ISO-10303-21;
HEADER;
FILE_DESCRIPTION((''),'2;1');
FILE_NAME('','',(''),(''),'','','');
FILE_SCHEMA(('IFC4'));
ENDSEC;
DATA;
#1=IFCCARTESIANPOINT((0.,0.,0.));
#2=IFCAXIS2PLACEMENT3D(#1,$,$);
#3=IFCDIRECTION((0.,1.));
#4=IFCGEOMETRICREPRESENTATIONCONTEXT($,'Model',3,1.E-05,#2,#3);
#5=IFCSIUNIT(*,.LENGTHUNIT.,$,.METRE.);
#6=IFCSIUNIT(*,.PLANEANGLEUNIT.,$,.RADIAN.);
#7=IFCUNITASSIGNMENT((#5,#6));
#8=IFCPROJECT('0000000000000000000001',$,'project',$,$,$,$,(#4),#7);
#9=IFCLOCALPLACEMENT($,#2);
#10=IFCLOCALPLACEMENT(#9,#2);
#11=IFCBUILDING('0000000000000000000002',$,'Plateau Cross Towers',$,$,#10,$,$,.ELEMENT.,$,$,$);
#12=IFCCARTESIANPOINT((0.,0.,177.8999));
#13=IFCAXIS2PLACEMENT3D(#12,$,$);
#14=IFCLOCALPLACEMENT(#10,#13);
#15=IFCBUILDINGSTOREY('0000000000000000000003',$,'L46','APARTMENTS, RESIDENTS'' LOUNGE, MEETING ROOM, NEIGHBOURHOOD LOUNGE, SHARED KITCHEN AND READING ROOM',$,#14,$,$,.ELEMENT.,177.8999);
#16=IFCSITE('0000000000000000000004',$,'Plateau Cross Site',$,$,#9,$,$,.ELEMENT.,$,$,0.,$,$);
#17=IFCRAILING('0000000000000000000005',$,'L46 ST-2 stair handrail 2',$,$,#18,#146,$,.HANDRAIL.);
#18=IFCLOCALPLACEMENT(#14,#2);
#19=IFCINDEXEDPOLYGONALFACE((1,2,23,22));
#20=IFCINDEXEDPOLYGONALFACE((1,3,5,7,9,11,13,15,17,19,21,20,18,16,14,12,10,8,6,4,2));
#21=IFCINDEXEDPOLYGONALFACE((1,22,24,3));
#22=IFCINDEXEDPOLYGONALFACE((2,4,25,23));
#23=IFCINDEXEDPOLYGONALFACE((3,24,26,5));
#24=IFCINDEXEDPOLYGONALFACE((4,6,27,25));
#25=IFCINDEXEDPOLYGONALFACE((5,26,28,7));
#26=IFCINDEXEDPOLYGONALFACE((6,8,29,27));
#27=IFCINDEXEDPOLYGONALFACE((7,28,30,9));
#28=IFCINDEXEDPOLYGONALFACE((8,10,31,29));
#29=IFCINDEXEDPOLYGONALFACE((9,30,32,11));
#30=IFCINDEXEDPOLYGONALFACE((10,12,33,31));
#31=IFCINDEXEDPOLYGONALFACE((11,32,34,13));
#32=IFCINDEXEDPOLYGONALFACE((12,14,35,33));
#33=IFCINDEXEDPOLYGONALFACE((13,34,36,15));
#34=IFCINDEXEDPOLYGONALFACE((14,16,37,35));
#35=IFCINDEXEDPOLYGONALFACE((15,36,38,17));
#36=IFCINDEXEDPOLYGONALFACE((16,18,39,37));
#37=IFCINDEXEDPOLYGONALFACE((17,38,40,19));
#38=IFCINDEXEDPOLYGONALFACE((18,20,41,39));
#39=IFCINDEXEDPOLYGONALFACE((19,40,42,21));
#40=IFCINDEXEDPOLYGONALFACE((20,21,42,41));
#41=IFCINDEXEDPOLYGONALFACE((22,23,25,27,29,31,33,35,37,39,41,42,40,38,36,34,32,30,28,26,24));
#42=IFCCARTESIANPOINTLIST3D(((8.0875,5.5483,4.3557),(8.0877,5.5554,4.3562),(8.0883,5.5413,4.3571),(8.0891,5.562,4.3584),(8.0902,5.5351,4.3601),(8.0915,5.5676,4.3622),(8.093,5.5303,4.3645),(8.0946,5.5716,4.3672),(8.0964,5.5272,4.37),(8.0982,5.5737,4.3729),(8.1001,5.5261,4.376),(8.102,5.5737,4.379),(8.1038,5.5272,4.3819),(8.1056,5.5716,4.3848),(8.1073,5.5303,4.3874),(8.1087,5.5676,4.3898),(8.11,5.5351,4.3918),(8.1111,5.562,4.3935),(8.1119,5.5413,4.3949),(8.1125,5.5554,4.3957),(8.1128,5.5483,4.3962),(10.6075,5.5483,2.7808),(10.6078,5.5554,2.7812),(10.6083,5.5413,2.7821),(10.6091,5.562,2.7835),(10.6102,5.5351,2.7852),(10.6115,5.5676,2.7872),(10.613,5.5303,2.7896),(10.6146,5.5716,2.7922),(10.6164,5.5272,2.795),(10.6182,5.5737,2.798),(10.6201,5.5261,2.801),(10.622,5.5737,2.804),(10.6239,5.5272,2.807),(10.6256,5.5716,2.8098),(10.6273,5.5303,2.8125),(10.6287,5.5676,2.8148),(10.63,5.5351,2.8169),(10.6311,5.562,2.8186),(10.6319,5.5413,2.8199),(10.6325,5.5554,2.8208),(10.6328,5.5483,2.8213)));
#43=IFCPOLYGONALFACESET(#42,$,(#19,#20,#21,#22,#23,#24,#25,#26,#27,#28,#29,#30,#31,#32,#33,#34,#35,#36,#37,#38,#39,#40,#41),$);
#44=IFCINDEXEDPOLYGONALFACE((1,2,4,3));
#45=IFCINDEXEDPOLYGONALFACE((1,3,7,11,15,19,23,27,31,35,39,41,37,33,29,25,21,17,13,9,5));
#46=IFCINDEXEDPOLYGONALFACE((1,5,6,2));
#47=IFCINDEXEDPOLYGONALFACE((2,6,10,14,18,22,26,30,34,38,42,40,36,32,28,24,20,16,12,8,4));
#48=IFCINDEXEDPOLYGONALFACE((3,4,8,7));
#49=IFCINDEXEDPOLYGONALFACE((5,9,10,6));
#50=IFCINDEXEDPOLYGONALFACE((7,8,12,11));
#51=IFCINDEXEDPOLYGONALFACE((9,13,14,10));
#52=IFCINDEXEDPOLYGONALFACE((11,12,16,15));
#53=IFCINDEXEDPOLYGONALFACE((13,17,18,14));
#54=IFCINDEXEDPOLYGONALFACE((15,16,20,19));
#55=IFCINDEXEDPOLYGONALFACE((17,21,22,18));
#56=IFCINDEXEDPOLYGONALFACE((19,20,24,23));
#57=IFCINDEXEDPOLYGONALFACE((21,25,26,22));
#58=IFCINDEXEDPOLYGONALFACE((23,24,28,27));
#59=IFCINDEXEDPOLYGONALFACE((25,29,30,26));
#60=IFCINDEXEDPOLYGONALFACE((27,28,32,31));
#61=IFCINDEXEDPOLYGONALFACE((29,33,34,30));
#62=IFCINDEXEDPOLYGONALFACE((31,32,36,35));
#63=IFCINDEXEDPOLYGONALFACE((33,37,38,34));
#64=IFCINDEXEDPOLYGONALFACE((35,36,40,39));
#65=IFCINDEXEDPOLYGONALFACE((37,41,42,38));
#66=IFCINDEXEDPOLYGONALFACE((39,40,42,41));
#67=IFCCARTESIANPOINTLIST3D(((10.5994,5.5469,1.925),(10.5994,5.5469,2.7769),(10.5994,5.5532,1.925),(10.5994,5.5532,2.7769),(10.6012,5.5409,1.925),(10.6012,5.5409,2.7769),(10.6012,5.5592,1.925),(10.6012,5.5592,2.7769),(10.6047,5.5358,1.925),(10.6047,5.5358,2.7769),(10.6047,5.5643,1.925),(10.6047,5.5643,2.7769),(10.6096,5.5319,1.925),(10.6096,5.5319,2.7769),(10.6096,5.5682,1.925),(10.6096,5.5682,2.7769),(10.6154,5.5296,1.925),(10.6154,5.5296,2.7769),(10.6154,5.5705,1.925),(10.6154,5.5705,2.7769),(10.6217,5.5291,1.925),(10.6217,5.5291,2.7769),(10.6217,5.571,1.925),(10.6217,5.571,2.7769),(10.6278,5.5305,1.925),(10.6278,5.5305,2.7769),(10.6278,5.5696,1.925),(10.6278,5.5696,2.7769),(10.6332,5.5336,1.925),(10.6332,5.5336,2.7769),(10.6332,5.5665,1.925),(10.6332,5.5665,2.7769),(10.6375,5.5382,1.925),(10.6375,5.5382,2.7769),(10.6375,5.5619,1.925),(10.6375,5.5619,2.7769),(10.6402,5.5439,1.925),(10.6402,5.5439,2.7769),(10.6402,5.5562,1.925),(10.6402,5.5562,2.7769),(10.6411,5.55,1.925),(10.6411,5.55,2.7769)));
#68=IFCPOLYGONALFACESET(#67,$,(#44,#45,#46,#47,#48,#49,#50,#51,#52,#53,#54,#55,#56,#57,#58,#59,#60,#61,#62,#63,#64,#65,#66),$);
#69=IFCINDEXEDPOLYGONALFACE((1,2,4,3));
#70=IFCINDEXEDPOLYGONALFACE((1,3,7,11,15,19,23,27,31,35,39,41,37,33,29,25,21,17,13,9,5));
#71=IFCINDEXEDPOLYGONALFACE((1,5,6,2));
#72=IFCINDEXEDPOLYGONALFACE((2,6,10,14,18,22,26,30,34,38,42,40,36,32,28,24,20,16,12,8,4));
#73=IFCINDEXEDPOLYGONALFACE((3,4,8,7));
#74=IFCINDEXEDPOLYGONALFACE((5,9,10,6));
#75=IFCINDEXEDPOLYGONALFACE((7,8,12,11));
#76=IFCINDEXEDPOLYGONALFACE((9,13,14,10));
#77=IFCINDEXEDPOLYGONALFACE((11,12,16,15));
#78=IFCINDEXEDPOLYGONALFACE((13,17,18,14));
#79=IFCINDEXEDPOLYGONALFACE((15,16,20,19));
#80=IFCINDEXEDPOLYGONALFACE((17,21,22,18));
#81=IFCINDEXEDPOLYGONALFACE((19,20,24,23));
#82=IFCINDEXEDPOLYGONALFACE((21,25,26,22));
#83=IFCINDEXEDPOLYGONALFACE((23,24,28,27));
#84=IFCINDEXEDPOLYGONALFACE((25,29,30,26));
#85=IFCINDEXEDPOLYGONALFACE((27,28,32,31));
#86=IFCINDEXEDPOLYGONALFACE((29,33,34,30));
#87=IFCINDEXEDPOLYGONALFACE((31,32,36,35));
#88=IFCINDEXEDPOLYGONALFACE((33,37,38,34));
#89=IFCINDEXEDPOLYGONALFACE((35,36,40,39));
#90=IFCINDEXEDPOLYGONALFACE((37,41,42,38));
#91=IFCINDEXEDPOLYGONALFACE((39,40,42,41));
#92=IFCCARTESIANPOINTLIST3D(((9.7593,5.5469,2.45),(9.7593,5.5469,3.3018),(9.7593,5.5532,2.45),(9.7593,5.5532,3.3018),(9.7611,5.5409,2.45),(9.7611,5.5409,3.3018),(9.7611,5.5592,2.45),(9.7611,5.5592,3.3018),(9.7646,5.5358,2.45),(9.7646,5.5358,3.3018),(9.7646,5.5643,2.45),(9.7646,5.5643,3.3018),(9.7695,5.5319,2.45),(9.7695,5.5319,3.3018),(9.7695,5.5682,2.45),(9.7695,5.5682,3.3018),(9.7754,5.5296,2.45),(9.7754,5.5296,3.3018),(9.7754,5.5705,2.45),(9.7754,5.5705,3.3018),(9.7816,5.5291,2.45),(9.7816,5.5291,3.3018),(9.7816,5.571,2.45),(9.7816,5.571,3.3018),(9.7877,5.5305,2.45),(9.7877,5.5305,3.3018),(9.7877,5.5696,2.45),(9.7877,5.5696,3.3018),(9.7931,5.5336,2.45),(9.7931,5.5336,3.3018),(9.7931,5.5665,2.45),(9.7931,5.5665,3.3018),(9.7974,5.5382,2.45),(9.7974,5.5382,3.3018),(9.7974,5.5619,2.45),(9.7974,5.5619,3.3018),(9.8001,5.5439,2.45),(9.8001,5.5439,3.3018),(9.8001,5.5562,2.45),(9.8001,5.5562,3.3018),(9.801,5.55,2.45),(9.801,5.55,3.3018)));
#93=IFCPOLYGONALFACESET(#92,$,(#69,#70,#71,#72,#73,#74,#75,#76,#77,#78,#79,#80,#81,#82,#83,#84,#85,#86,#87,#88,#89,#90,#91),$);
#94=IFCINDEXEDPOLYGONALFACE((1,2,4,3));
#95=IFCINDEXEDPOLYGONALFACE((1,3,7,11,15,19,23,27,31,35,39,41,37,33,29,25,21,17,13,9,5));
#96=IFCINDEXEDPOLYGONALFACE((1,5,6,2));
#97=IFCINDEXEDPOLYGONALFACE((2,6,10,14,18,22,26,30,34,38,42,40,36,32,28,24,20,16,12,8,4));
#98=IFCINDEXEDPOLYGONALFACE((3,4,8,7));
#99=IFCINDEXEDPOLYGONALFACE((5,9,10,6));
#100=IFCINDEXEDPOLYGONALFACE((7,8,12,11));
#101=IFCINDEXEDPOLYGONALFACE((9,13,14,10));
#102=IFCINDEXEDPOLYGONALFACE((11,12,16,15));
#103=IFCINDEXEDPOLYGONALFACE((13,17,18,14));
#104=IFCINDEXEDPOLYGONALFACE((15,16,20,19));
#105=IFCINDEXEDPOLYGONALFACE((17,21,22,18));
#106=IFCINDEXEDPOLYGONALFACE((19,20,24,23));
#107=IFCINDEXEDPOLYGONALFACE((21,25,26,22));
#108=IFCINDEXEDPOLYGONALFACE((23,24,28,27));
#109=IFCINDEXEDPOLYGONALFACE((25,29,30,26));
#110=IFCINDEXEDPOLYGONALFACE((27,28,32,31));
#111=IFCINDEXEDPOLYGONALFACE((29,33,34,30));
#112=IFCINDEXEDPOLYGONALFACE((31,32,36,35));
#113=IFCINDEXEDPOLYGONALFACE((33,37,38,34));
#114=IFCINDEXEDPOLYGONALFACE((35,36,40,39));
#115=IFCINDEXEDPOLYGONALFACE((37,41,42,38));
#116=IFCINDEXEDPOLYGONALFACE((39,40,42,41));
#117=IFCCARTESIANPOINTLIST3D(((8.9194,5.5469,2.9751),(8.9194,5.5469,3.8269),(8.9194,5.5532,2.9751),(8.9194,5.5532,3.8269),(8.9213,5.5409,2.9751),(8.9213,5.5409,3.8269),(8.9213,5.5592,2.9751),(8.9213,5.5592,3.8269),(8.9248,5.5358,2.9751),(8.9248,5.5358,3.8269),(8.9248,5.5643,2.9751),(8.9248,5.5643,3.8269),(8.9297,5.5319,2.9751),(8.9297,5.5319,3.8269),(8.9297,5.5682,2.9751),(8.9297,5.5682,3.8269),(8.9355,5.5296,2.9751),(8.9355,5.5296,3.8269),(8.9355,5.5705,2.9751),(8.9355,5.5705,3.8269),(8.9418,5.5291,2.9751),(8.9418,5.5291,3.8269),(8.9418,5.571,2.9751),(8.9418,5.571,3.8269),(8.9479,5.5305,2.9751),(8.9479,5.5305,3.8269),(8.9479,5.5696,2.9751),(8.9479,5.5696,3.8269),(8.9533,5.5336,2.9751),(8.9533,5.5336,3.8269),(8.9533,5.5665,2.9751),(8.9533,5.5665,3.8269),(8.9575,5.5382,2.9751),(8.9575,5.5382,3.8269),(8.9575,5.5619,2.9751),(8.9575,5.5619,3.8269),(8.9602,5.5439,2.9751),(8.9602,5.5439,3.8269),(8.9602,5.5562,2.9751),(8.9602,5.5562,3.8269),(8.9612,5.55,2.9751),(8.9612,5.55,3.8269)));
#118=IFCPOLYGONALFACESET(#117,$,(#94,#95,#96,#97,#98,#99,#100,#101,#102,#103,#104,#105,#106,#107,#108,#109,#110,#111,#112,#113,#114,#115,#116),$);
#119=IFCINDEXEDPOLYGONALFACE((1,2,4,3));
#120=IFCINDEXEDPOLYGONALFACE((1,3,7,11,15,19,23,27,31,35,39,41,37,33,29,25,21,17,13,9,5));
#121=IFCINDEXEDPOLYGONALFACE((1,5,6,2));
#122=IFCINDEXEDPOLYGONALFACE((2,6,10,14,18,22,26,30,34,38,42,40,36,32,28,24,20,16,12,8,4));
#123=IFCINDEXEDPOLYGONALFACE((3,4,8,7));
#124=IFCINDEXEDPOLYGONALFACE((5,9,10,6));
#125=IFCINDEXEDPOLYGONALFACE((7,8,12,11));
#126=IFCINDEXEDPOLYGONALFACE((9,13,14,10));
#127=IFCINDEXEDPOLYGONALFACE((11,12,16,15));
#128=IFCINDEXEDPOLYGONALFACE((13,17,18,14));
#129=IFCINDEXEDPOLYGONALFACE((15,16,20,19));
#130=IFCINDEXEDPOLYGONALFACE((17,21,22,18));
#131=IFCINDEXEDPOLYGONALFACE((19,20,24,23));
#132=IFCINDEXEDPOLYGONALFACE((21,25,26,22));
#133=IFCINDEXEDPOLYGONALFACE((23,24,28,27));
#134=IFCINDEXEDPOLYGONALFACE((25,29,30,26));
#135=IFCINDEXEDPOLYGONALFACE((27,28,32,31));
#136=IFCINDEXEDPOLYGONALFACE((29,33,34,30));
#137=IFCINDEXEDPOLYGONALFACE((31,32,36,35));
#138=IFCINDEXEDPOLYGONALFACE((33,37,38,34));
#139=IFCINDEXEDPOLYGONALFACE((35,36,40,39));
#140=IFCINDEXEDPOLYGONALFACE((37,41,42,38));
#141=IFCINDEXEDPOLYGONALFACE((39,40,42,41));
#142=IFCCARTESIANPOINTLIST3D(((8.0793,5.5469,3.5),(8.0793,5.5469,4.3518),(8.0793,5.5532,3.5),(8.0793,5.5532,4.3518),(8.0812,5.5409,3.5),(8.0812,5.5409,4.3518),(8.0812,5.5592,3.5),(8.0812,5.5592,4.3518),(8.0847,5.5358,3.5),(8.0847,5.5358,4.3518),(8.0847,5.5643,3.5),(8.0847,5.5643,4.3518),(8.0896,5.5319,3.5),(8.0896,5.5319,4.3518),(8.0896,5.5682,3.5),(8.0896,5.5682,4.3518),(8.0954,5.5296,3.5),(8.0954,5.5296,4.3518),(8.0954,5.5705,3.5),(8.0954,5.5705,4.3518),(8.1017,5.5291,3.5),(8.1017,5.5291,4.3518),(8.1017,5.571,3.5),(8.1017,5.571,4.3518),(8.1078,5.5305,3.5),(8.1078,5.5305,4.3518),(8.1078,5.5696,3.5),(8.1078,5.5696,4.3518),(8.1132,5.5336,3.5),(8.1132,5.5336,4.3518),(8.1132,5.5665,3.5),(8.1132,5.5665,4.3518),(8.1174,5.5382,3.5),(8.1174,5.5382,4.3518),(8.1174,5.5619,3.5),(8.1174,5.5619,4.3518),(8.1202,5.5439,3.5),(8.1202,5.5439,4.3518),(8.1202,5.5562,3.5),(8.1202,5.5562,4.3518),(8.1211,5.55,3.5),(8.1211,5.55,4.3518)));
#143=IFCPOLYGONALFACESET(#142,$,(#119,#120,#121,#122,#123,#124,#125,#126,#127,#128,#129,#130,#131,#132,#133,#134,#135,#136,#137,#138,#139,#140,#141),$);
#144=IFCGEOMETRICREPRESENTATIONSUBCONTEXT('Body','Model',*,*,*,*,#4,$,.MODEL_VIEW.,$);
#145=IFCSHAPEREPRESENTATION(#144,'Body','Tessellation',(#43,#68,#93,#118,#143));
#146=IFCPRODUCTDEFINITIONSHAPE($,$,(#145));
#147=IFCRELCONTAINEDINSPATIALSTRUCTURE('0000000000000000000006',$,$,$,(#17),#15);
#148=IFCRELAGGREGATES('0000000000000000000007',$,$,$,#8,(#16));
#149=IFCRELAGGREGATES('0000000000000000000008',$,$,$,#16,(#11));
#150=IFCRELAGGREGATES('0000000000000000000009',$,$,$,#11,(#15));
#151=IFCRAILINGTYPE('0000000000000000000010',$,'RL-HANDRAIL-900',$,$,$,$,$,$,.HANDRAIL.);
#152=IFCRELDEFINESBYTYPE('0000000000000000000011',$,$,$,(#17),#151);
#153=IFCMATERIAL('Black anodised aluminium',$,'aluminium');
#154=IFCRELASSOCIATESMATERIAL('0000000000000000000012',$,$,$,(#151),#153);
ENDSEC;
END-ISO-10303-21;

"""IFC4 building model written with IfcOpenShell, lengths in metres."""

from ifc_helpers import new_model, si_unit, direction, frame, origin, origin_2d, place, context, subcontext, project, spatial, circle, extrude, material, type_object, element, save


model = new_model("IFC4")

# Units and contexts
model_context = context("Model", 3, precision=1e-05, world=origin(), true_north=direction((0.0, 1.0)))
body_context = subcontext(model_context, "Body", "Model", "MODEL_VIEW")
ifc_project = project(units=[si_unit("LENGTHUNIT", "METRE"), si_unit("PLANEANGLEUNIT", "RADIAN")], contexts=[model_context])

# Site, building, storey
site_placement = place(None, origin())
site = spatial("IfcSite", under=ifc_project, at=site_placement, Name="Plateau Cross Site", CompositionType="ELEMENT", RefElevation=0.0)
building_placement = place(site_placement, origin())
building = spatial("IfcBuilding", under=site, at=building_placement, Name="Plateau Cross Towers", CompositionType="ELEMENT")
storey_placement = place(building_placement, frame((0.0, 0.0, 177.8999)))
storey = spatial("IfcBuildingStorey", under=building, at=storey_placement, Name="L46", Description="APARTMENTS, RESIDENTS' LOUNGE, MEETING ROOM, NEIGHBOURHOOD LOUNGE, SHARED KITCHEN AND READING ROOM", CompositionType="ELEMENT", Elevation=177.8999)

# Railing
ifc_material_1 = material(Name="Black anodised aluminium", Category="aluminium")
railing_type = type_object("IfcRailingType", Name="RL-HANDRAIL-900", PredefinedType="HANDRAIL", material=ifc_material_1)
railing_placement = place(storey_placement, frame((10.6201, 5.55, 1.925)))
element("IfcRailing", 1, at=railing_placement, inside=storey, type_object=railing_type, Name="L46 ST-2 stair handrail 2", PredefinedType="HANDRAIL", context=body_context, shape_type="SweptSolid", body=[
    extrude(circle(Radius=0.0239, at=origin_2d()), frame((0.0, 0.0, 0.876), z_axis=(-0.848008, 0.0, 0.529984), x_axis=(0.0, -1.0, 0.0)), (0.0, 0.0, 1.0), 2.9717),
    extrude(circle(Radius=0.021, at=origin_2d()), origin(), (0.0, 0.0, 1.0), 0.8518),
    extrude(circle(Radius=0.021, at=origin_2d()), frame((-0.8401, 0.0, 0.5249)), (0.0, 0.0, 1.0), 0.8518),
    extrude(circle(Radius=0.021, at=origin_2d()), frame((-1.6799, 0.0, 1.05)), (0.0, 0.0, 1.0), 0.8518),
    extrude(circle(Radius=0.021, at=origin_2d()), frame((-2.52, 0.0, 1.575)), (0.0, 0.0, 1.0), 0.8518),
])

save(model, "model.ifc")
